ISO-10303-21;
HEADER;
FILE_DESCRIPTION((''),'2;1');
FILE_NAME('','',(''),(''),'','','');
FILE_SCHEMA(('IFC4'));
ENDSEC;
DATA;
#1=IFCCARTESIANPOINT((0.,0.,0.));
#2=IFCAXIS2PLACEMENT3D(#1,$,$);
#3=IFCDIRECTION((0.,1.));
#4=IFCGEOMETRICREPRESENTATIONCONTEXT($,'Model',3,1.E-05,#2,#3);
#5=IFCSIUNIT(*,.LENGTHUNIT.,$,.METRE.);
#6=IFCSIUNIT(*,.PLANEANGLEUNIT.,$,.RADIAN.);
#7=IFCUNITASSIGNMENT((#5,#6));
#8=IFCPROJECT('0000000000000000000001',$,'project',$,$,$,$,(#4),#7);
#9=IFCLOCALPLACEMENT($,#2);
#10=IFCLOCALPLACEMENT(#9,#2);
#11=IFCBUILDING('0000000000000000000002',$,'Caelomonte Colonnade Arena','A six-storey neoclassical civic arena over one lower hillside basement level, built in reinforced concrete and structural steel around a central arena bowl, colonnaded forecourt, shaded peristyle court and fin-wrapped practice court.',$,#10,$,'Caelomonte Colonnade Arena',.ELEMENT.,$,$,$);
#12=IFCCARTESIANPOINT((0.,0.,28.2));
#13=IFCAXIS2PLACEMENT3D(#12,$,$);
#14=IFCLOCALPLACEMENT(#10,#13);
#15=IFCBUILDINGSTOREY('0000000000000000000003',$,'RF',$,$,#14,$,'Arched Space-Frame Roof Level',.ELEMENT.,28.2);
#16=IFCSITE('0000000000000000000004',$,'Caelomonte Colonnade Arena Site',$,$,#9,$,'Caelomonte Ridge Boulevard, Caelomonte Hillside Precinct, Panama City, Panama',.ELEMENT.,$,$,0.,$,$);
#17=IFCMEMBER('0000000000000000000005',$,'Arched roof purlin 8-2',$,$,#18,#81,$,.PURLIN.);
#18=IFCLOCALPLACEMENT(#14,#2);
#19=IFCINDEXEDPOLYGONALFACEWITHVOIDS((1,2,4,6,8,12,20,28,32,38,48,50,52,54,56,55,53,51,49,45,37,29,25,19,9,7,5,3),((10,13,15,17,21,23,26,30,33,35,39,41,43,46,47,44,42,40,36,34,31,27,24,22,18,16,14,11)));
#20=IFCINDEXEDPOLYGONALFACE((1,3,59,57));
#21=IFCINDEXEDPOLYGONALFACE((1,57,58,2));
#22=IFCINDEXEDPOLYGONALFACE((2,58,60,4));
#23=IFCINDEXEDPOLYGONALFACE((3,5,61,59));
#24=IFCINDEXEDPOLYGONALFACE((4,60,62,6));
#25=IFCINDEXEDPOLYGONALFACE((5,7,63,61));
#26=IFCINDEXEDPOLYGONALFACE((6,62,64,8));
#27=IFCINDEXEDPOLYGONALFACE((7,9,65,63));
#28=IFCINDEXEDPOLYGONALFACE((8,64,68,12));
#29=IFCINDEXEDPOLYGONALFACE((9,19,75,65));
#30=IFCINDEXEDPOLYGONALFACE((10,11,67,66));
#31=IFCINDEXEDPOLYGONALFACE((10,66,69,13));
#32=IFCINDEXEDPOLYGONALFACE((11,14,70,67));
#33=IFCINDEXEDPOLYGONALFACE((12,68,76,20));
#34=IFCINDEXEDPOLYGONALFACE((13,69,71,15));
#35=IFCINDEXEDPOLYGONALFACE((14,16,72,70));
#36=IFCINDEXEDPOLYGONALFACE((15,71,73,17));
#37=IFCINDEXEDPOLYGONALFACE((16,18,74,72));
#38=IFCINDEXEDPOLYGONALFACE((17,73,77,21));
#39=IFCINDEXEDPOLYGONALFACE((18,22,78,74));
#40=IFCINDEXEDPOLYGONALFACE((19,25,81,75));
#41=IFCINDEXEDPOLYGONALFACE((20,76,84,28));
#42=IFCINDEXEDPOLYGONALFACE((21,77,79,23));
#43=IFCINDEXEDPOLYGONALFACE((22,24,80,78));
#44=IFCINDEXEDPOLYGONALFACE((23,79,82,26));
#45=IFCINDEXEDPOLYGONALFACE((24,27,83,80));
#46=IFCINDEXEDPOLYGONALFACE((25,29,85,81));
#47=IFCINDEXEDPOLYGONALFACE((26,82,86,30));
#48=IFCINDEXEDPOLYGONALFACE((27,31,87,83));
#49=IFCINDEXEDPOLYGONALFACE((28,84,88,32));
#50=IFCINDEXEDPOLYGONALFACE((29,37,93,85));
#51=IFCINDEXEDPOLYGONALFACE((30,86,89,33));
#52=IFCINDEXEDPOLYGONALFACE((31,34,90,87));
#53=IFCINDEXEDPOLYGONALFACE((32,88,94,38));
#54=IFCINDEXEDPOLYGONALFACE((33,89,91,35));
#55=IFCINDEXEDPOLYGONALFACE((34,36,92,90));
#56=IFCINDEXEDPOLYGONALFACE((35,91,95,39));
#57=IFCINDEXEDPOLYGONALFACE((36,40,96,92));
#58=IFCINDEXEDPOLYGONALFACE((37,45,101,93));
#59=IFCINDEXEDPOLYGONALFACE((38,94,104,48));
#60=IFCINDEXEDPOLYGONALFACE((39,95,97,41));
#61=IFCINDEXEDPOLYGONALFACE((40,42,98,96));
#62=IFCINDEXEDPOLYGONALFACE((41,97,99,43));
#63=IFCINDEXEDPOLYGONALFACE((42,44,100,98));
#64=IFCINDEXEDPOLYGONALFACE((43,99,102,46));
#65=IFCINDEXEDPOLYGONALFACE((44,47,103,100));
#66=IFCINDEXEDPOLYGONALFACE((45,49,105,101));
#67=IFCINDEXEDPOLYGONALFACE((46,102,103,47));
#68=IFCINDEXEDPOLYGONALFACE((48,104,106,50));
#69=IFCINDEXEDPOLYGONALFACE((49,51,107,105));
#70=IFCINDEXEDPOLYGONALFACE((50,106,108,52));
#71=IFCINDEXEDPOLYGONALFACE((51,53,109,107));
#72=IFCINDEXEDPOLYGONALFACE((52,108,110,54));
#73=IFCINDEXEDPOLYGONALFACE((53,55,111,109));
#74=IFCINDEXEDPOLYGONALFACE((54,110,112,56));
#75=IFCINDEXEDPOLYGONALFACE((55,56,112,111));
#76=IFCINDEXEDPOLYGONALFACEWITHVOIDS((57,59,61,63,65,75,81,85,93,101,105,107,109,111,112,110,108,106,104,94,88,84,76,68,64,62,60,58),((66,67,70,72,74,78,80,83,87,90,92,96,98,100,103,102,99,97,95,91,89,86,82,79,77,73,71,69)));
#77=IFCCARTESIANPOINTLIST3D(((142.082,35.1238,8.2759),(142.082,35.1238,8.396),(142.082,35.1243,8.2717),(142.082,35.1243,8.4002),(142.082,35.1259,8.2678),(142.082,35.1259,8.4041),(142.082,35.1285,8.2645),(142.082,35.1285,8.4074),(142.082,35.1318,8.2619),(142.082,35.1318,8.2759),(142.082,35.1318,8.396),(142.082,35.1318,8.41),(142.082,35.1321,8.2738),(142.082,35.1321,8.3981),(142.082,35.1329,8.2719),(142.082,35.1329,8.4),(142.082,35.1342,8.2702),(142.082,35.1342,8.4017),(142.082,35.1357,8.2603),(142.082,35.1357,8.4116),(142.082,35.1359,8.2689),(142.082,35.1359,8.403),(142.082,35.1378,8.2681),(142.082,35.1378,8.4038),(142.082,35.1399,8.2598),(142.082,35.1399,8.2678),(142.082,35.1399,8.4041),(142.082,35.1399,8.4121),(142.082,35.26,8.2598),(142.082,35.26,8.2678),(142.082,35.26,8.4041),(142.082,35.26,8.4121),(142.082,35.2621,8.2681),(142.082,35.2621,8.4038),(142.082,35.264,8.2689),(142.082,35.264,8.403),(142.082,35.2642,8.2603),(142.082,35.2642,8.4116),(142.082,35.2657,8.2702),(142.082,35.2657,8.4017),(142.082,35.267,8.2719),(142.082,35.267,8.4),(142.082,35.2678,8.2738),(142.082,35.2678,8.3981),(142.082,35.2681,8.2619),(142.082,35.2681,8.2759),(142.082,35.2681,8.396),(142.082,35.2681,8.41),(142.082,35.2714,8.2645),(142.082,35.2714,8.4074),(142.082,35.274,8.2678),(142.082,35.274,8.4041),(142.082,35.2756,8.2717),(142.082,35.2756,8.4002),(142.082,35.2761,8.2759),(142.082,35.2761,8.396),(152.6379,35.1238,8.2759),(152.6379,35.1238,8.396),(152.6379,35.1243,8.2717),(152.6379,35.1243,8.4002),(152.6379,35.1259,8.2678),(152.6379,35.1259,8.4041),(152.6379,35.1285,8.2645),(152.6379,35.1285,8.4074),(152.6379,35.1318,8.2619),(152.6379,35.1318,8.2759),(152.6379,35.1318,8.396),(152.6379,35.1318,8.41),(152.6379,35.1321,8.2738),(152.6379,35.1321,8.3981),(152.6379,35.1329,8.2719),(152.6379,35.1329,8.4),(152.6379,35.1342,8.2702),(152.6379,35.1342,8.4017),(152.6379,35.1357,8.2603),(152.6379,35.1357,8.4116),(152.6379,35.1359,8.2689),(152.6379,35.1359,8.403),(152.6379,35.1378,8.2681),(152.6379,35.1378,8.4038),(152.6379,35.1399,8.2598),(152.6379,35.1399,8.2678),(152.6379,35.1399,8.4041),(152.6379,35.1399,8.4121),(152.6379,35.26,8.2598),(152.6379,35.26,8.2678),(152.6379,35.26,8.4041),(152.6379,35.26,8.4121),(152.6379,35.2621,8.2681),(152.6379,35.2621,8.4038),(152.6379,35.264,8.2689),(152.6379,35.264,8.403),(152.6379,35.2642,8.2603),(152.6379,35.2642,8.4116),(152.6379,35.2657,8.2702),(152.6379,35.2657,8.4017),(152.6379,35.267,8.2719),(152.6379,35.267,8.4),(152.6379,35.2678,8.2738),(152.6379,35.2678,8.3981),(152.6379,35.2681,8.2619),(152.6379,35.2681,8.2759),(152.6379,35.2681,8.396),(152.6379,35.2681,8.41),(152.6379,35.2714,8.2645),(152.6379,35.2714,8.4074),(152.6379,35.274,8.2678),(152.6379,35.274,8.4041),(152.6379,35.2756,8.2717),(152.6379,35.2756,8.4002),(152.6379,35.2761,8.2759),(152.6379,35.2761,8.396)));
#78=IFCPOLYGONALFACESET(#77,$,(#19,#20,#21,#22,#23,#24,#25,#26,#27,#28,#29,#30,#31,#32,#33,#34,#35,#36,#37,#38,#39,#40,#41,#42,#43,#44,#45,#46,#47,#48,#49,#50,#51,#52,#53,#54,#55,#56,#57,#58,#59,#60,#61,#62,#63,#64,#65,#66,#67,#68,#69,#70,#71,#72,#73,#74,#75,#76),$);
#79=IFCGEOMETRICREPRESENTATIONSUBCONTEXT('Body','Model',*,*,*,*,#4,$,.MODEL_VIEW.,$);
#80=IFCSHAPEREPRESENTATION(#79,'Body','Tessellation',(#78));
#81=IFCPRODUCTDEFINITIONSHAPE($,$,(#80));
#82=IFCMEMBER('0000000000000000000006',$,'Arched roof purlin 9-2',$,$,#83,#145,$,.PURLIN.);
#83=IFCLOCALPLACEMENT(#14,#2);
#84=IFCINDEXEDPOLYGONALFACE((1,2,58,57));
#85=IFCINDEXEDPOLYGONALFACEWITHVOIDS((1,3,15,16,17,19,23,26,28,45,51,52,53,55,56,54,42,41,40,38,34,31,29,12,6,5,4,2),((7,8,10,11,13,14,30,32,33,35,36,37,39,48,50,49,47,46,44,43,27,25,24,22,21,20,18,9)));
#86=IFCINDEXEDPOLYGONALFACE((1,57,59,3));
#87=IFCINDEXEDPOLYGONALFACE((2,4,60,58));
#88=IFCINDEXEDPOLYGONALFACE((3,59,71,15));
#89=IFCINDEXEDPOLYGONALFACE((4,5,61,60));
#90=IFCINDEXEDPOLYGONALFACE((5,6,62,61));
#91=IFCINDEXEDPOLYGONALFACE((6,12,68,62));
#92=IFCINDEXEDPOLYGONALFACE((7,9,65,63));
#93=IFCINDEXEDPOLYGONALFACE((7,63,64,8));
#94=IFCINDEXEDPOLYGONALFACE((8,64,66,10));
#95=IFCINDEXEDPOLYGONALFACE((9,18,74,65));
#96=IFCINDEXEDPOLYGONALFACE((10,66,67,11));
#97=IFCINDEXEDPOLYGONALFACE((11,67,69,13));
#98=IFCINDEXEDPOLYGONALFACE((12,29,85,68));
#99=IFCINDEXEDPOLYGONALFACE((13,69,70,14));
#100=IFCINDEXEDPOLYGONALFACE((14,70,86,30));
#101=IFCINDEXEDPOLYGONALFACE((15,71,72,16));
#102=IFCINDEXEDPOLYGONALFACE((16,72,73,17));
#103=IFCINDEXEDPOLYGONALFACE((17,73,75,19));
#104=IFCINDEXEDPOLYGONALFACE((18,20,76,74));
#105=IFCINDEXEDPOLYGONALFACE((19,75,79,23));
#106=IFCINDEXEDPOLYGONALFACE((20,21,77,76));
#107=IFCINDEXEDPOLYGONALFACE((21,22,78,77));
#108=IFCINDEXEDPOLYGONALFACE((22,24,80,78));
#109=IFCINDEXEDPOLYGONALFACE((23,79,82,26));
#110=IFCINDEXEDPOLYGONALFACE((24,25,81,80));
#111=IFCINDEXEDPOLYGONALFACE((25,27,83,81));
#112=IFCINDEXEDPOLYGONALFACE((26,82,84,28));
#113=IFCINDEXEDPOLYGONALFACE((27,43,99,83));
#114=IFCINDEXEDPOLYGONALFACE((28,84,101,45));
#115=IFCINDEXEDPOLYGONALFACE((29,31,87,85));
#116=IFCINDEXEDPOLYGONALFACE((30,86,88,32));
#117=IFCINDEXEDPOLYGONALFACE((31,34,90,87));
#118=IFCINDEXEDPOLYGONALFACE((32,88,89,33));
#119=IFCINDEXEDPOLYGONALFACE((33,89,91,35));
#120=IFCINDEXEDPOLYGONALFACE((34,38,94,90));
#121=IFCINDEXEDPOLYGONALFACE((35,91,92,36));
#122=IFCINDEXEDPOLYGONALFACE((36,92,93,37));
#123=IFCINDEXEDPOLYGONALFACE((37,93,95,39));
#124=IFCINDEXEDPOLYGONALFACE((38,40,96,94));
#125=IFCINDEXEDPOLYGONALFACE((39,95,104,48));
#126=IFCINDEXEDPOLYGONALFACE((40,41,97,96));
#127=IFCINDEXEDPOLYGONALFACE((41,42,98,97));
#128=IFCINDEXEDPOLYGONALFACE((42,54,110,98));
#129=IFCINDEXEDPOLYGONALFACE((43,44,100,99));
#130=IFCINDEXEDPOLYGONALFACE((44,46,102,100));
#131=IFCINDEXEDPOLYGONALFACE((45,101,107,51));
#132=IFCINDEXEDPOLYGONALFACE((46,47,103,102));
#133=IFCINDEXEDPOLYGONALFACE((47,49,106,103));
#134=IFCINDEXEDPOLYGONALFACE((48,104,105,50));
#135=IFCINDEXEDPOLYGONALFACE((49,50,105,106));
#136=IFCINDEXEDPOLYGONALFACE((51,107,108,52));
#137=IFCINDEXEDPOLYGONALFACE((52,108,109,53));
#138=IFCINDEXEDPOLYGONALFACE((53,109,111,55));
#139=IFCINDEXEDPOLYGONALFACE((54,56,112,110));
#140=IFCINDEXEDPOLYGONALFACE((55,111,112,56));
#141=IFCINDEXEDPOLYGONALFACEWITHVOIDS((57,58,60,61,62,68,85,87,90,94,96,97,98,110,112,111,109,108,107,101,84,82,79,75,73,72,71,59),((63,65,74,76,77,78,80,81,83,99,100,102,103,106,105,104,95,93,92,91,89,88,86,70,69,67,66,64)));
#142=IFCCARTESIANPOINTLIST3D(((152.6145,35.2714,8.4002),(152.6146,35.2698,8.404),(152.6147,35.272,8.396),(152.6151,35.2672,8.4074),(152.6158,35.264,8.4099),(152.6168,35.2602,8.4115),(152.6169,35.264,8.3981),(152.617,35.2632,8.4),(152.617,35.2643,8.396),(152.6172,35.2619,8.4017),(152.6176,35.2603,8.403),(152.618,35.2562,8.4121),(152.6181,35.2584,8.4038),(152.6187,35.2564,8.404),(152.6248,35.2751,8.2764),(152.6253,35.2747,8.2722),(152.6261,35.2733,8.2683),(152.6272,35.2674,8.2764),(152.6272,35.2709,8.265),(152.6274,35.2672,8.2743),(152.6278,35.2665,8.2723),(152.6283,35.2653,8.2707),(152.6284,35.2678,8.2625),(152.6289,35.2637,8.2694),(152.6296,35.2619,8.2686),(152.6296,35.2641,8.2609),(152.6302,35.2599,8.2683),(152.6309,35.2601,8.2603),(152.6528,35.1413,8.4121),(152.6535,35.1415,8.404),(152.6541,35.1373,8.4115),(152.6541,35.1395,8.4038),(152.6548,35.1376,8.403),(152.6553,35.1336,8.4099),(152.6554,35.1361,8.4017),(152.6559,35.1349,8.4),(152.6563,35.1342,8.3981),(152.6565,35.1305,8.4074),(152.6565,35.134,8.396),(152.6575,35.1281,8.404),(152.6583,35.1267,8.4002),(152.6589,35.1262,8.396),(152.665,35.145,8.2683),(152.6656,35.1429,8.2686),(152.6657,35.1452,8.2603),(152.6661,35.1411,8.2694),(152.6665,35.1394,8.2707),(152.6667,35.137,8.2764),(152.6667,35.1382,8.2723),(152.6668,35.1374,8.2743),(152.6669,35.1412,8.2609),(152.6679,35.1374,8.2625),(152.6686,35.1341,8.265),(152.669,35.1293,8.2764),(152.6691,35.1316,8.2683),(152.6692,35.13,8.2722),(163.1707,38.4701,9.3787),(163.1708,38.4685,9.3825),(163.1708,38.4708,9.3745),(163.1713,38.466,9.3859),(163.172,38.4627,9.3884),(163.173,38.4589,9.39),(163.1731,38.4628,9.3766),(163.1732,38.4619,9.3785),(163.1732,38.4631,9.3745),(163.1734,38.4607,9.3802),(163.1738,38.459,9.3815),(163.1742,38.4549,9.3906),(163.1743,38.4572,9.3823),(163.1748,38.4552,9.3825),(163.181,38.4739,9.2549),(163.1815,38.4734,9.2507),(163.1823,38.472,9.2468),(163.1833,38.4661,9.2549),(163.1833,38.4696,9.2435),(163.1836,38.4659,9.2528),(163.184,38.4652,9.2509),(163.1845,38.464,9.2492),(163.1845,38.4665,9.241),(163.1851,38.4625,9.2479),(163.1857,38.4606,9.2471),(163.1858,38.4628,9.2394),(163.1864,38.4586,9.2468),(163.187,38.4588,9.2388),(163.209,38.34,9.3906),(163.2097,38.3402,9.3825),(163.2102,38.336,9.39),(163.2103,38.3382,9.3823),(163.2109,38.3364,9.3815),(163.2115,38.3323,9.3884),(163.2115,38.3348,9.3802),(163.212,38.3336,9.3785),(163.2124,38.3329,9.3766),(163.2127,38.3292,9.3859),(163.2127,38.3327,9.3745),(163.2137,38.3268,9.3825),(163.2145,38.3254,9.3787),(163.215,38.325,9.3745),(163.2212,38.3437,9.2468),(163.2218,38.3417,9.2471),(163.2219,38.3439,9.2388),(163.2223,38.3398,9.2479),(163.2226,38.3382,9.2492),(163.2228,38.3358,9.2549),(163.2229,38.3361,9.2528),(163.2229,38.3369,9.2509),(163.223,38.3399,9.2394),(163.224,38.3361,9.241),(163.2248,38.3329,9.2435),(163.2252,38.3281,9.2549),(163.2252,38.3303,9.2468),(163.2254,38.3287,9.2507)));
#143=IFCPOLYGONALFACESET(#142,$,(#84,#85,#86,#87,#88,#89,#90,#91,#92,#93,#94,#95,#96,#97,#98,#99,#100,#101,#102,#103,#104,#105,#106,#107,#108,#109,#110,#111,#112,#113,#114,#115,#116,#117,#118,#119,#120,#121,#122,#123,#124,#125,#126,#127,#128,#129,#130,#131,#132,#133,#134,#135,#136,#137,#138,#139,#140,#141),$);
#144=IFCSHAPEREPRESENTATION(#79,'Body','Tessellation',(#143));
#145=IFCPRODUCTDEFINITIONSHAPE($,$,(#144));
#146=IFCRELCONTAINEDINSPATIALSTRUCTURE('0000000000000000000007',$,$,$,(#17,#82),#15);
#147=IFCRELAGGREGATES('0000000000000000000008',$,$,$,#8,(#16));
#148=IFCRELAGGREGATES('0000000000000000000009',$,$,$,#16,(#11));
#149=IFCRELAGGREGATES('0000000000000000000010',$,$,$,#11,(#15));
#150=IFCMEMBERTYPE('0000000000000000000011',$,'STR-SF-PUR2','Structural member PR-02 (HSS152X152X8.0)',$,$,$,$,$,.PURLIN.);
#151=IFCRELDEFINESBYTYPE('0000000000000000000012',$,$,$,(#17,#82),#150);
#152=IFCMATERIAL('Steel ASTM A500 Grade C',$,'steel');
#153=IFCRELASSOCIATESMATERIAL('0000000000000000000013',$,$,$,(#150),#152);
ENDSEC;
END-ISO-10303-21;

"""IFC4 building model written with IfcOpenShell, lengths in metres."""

from ifc_helpers import new_model, si_unit, direction, frame, origin, origin_2d, place, context, subcontext, project, spatial, hollow_rectangle, extrude, material, material_profile, profile_set, type_object, element, save


model = new_model("IFC4")

# Units and contexts
model_context = context("Model", 3, precision=1e-05, world=origin(), true_north=direction((0.0, 1.0)))
body_context = subcontext(model_context, "Body", "Model", "MODEL_VIEW")
ifc_project = project(units=[si_unit("LENGTHUNIT", "METRE"), si_unit("PLANEANGLEUNIT", "RADIAN")], contexts=[model_context])

# Site, building, storey
site_placement = place(None, origin())
site = spatial("IfcSite", under=ifc_project, at=site_placement, Name="Caelomonte Colonnade Arena Site", LongName="Caelomonte Ridge Boulevard, Caelomonte Hillside Precinct, Panama City, Panama", CompositionType="ELEMENT", RefElevation=0.0)
building_placement = place(site_placement, origin())
building = spatial("IfcBuilding", under=site, at=building_placement, Name="Caelomonte Colonnade Arena", Description="A six-storey neoclassical civic arena over one lower hillside basement level, built in reinforced concrete and structural steel around a central arena bowl, colonnaded forecourt, shaded peristyle court and fin-wrapped practice court.", LongName="Caelomonte Colonnade Arena", CompositionType="ELEMENT")
storey_placement = place(building_placement, frame((0.0, 0.0, 28.2)))
storey = spatial("IfcBuildingStorey", under=building, at=storey_placement, Name="RF", LongName="Arched Space-Frame Roof Level", CompositionType="ELEMENT", Elevation=28.2)

# Members
ifc_material_1 = material(Name="Steel ASTM A500 Grade C", Category="steel")
ifc_material_profile_1 = material_profile(ifc_material_1, hollow_rectangle(XDim=0.1523, YDim=0.1523, WallThickness=0.0081, InnerFilletRadius=0.0081, OuterFilletRadius=0.0161, at=origin_2d()), Name="HSS152X152X8.0")
ifc_profile_set_1 = profile_set([ifc_material_profile_1], Name="Steel ASTM A500 Grade C")
member_type_1 = type_object("IfcMemberType", Name="STR-SF-PUR2", Description="Structural member PR-02 (HSS152X152X8.0)", PredefinedType="PURLIN", material=ifc_profile_set_1)
member_1_placement = place(storey_placement, frame((142.082, 35.2, 8.3359), z_axis=(1.0, 0.0, 0.0), x_axis=(0.0, 1.0, 0.0)))
element("IfcMember", 1, at=member_1_placement, inside=storey, type_object=member_type_1, Name="Arched roof purlin 8-2", PredefinedType="PURLIN", context=body_context, shape_type="SweptSolid", body=[
    extrude(hollow_rectangle(XDim=0.1523, YDim=0.1523, WallThickness=0.0081, InnerFilletRadius=0.0081, OuterFilletRadius=0.0161, at=origin_2d()), origin(), (0.0, 0.0, 1.0), 10.5559),
])
member_2_placement = place(storey_placement, frame((152.6418, 35.2007, 8.3362), z_axis=(0.953283, 0.288864, 0.088366), x_axis=(-0.289999, 0.957027, 0.0)))
element("IfcMember", 2, at=member_2_placement, inside=storey, type_object=member_type_1, Name="Arched roof purlin 9-2", PredefinedType="PURLIN", context=body_context, shape_type="SweptSolid", body=[
    extrude(hollow_rectangle(XDim=0.1523, YDim=0.1523, WallThickness=0.0081, InnerFilletRadius=0.0081, OuterFilletRadius=0.0161, at=origin_2d()), origin(), (0.0, 0.0, 1.0), 11.0735),
])

save(model, "model.ifc")
